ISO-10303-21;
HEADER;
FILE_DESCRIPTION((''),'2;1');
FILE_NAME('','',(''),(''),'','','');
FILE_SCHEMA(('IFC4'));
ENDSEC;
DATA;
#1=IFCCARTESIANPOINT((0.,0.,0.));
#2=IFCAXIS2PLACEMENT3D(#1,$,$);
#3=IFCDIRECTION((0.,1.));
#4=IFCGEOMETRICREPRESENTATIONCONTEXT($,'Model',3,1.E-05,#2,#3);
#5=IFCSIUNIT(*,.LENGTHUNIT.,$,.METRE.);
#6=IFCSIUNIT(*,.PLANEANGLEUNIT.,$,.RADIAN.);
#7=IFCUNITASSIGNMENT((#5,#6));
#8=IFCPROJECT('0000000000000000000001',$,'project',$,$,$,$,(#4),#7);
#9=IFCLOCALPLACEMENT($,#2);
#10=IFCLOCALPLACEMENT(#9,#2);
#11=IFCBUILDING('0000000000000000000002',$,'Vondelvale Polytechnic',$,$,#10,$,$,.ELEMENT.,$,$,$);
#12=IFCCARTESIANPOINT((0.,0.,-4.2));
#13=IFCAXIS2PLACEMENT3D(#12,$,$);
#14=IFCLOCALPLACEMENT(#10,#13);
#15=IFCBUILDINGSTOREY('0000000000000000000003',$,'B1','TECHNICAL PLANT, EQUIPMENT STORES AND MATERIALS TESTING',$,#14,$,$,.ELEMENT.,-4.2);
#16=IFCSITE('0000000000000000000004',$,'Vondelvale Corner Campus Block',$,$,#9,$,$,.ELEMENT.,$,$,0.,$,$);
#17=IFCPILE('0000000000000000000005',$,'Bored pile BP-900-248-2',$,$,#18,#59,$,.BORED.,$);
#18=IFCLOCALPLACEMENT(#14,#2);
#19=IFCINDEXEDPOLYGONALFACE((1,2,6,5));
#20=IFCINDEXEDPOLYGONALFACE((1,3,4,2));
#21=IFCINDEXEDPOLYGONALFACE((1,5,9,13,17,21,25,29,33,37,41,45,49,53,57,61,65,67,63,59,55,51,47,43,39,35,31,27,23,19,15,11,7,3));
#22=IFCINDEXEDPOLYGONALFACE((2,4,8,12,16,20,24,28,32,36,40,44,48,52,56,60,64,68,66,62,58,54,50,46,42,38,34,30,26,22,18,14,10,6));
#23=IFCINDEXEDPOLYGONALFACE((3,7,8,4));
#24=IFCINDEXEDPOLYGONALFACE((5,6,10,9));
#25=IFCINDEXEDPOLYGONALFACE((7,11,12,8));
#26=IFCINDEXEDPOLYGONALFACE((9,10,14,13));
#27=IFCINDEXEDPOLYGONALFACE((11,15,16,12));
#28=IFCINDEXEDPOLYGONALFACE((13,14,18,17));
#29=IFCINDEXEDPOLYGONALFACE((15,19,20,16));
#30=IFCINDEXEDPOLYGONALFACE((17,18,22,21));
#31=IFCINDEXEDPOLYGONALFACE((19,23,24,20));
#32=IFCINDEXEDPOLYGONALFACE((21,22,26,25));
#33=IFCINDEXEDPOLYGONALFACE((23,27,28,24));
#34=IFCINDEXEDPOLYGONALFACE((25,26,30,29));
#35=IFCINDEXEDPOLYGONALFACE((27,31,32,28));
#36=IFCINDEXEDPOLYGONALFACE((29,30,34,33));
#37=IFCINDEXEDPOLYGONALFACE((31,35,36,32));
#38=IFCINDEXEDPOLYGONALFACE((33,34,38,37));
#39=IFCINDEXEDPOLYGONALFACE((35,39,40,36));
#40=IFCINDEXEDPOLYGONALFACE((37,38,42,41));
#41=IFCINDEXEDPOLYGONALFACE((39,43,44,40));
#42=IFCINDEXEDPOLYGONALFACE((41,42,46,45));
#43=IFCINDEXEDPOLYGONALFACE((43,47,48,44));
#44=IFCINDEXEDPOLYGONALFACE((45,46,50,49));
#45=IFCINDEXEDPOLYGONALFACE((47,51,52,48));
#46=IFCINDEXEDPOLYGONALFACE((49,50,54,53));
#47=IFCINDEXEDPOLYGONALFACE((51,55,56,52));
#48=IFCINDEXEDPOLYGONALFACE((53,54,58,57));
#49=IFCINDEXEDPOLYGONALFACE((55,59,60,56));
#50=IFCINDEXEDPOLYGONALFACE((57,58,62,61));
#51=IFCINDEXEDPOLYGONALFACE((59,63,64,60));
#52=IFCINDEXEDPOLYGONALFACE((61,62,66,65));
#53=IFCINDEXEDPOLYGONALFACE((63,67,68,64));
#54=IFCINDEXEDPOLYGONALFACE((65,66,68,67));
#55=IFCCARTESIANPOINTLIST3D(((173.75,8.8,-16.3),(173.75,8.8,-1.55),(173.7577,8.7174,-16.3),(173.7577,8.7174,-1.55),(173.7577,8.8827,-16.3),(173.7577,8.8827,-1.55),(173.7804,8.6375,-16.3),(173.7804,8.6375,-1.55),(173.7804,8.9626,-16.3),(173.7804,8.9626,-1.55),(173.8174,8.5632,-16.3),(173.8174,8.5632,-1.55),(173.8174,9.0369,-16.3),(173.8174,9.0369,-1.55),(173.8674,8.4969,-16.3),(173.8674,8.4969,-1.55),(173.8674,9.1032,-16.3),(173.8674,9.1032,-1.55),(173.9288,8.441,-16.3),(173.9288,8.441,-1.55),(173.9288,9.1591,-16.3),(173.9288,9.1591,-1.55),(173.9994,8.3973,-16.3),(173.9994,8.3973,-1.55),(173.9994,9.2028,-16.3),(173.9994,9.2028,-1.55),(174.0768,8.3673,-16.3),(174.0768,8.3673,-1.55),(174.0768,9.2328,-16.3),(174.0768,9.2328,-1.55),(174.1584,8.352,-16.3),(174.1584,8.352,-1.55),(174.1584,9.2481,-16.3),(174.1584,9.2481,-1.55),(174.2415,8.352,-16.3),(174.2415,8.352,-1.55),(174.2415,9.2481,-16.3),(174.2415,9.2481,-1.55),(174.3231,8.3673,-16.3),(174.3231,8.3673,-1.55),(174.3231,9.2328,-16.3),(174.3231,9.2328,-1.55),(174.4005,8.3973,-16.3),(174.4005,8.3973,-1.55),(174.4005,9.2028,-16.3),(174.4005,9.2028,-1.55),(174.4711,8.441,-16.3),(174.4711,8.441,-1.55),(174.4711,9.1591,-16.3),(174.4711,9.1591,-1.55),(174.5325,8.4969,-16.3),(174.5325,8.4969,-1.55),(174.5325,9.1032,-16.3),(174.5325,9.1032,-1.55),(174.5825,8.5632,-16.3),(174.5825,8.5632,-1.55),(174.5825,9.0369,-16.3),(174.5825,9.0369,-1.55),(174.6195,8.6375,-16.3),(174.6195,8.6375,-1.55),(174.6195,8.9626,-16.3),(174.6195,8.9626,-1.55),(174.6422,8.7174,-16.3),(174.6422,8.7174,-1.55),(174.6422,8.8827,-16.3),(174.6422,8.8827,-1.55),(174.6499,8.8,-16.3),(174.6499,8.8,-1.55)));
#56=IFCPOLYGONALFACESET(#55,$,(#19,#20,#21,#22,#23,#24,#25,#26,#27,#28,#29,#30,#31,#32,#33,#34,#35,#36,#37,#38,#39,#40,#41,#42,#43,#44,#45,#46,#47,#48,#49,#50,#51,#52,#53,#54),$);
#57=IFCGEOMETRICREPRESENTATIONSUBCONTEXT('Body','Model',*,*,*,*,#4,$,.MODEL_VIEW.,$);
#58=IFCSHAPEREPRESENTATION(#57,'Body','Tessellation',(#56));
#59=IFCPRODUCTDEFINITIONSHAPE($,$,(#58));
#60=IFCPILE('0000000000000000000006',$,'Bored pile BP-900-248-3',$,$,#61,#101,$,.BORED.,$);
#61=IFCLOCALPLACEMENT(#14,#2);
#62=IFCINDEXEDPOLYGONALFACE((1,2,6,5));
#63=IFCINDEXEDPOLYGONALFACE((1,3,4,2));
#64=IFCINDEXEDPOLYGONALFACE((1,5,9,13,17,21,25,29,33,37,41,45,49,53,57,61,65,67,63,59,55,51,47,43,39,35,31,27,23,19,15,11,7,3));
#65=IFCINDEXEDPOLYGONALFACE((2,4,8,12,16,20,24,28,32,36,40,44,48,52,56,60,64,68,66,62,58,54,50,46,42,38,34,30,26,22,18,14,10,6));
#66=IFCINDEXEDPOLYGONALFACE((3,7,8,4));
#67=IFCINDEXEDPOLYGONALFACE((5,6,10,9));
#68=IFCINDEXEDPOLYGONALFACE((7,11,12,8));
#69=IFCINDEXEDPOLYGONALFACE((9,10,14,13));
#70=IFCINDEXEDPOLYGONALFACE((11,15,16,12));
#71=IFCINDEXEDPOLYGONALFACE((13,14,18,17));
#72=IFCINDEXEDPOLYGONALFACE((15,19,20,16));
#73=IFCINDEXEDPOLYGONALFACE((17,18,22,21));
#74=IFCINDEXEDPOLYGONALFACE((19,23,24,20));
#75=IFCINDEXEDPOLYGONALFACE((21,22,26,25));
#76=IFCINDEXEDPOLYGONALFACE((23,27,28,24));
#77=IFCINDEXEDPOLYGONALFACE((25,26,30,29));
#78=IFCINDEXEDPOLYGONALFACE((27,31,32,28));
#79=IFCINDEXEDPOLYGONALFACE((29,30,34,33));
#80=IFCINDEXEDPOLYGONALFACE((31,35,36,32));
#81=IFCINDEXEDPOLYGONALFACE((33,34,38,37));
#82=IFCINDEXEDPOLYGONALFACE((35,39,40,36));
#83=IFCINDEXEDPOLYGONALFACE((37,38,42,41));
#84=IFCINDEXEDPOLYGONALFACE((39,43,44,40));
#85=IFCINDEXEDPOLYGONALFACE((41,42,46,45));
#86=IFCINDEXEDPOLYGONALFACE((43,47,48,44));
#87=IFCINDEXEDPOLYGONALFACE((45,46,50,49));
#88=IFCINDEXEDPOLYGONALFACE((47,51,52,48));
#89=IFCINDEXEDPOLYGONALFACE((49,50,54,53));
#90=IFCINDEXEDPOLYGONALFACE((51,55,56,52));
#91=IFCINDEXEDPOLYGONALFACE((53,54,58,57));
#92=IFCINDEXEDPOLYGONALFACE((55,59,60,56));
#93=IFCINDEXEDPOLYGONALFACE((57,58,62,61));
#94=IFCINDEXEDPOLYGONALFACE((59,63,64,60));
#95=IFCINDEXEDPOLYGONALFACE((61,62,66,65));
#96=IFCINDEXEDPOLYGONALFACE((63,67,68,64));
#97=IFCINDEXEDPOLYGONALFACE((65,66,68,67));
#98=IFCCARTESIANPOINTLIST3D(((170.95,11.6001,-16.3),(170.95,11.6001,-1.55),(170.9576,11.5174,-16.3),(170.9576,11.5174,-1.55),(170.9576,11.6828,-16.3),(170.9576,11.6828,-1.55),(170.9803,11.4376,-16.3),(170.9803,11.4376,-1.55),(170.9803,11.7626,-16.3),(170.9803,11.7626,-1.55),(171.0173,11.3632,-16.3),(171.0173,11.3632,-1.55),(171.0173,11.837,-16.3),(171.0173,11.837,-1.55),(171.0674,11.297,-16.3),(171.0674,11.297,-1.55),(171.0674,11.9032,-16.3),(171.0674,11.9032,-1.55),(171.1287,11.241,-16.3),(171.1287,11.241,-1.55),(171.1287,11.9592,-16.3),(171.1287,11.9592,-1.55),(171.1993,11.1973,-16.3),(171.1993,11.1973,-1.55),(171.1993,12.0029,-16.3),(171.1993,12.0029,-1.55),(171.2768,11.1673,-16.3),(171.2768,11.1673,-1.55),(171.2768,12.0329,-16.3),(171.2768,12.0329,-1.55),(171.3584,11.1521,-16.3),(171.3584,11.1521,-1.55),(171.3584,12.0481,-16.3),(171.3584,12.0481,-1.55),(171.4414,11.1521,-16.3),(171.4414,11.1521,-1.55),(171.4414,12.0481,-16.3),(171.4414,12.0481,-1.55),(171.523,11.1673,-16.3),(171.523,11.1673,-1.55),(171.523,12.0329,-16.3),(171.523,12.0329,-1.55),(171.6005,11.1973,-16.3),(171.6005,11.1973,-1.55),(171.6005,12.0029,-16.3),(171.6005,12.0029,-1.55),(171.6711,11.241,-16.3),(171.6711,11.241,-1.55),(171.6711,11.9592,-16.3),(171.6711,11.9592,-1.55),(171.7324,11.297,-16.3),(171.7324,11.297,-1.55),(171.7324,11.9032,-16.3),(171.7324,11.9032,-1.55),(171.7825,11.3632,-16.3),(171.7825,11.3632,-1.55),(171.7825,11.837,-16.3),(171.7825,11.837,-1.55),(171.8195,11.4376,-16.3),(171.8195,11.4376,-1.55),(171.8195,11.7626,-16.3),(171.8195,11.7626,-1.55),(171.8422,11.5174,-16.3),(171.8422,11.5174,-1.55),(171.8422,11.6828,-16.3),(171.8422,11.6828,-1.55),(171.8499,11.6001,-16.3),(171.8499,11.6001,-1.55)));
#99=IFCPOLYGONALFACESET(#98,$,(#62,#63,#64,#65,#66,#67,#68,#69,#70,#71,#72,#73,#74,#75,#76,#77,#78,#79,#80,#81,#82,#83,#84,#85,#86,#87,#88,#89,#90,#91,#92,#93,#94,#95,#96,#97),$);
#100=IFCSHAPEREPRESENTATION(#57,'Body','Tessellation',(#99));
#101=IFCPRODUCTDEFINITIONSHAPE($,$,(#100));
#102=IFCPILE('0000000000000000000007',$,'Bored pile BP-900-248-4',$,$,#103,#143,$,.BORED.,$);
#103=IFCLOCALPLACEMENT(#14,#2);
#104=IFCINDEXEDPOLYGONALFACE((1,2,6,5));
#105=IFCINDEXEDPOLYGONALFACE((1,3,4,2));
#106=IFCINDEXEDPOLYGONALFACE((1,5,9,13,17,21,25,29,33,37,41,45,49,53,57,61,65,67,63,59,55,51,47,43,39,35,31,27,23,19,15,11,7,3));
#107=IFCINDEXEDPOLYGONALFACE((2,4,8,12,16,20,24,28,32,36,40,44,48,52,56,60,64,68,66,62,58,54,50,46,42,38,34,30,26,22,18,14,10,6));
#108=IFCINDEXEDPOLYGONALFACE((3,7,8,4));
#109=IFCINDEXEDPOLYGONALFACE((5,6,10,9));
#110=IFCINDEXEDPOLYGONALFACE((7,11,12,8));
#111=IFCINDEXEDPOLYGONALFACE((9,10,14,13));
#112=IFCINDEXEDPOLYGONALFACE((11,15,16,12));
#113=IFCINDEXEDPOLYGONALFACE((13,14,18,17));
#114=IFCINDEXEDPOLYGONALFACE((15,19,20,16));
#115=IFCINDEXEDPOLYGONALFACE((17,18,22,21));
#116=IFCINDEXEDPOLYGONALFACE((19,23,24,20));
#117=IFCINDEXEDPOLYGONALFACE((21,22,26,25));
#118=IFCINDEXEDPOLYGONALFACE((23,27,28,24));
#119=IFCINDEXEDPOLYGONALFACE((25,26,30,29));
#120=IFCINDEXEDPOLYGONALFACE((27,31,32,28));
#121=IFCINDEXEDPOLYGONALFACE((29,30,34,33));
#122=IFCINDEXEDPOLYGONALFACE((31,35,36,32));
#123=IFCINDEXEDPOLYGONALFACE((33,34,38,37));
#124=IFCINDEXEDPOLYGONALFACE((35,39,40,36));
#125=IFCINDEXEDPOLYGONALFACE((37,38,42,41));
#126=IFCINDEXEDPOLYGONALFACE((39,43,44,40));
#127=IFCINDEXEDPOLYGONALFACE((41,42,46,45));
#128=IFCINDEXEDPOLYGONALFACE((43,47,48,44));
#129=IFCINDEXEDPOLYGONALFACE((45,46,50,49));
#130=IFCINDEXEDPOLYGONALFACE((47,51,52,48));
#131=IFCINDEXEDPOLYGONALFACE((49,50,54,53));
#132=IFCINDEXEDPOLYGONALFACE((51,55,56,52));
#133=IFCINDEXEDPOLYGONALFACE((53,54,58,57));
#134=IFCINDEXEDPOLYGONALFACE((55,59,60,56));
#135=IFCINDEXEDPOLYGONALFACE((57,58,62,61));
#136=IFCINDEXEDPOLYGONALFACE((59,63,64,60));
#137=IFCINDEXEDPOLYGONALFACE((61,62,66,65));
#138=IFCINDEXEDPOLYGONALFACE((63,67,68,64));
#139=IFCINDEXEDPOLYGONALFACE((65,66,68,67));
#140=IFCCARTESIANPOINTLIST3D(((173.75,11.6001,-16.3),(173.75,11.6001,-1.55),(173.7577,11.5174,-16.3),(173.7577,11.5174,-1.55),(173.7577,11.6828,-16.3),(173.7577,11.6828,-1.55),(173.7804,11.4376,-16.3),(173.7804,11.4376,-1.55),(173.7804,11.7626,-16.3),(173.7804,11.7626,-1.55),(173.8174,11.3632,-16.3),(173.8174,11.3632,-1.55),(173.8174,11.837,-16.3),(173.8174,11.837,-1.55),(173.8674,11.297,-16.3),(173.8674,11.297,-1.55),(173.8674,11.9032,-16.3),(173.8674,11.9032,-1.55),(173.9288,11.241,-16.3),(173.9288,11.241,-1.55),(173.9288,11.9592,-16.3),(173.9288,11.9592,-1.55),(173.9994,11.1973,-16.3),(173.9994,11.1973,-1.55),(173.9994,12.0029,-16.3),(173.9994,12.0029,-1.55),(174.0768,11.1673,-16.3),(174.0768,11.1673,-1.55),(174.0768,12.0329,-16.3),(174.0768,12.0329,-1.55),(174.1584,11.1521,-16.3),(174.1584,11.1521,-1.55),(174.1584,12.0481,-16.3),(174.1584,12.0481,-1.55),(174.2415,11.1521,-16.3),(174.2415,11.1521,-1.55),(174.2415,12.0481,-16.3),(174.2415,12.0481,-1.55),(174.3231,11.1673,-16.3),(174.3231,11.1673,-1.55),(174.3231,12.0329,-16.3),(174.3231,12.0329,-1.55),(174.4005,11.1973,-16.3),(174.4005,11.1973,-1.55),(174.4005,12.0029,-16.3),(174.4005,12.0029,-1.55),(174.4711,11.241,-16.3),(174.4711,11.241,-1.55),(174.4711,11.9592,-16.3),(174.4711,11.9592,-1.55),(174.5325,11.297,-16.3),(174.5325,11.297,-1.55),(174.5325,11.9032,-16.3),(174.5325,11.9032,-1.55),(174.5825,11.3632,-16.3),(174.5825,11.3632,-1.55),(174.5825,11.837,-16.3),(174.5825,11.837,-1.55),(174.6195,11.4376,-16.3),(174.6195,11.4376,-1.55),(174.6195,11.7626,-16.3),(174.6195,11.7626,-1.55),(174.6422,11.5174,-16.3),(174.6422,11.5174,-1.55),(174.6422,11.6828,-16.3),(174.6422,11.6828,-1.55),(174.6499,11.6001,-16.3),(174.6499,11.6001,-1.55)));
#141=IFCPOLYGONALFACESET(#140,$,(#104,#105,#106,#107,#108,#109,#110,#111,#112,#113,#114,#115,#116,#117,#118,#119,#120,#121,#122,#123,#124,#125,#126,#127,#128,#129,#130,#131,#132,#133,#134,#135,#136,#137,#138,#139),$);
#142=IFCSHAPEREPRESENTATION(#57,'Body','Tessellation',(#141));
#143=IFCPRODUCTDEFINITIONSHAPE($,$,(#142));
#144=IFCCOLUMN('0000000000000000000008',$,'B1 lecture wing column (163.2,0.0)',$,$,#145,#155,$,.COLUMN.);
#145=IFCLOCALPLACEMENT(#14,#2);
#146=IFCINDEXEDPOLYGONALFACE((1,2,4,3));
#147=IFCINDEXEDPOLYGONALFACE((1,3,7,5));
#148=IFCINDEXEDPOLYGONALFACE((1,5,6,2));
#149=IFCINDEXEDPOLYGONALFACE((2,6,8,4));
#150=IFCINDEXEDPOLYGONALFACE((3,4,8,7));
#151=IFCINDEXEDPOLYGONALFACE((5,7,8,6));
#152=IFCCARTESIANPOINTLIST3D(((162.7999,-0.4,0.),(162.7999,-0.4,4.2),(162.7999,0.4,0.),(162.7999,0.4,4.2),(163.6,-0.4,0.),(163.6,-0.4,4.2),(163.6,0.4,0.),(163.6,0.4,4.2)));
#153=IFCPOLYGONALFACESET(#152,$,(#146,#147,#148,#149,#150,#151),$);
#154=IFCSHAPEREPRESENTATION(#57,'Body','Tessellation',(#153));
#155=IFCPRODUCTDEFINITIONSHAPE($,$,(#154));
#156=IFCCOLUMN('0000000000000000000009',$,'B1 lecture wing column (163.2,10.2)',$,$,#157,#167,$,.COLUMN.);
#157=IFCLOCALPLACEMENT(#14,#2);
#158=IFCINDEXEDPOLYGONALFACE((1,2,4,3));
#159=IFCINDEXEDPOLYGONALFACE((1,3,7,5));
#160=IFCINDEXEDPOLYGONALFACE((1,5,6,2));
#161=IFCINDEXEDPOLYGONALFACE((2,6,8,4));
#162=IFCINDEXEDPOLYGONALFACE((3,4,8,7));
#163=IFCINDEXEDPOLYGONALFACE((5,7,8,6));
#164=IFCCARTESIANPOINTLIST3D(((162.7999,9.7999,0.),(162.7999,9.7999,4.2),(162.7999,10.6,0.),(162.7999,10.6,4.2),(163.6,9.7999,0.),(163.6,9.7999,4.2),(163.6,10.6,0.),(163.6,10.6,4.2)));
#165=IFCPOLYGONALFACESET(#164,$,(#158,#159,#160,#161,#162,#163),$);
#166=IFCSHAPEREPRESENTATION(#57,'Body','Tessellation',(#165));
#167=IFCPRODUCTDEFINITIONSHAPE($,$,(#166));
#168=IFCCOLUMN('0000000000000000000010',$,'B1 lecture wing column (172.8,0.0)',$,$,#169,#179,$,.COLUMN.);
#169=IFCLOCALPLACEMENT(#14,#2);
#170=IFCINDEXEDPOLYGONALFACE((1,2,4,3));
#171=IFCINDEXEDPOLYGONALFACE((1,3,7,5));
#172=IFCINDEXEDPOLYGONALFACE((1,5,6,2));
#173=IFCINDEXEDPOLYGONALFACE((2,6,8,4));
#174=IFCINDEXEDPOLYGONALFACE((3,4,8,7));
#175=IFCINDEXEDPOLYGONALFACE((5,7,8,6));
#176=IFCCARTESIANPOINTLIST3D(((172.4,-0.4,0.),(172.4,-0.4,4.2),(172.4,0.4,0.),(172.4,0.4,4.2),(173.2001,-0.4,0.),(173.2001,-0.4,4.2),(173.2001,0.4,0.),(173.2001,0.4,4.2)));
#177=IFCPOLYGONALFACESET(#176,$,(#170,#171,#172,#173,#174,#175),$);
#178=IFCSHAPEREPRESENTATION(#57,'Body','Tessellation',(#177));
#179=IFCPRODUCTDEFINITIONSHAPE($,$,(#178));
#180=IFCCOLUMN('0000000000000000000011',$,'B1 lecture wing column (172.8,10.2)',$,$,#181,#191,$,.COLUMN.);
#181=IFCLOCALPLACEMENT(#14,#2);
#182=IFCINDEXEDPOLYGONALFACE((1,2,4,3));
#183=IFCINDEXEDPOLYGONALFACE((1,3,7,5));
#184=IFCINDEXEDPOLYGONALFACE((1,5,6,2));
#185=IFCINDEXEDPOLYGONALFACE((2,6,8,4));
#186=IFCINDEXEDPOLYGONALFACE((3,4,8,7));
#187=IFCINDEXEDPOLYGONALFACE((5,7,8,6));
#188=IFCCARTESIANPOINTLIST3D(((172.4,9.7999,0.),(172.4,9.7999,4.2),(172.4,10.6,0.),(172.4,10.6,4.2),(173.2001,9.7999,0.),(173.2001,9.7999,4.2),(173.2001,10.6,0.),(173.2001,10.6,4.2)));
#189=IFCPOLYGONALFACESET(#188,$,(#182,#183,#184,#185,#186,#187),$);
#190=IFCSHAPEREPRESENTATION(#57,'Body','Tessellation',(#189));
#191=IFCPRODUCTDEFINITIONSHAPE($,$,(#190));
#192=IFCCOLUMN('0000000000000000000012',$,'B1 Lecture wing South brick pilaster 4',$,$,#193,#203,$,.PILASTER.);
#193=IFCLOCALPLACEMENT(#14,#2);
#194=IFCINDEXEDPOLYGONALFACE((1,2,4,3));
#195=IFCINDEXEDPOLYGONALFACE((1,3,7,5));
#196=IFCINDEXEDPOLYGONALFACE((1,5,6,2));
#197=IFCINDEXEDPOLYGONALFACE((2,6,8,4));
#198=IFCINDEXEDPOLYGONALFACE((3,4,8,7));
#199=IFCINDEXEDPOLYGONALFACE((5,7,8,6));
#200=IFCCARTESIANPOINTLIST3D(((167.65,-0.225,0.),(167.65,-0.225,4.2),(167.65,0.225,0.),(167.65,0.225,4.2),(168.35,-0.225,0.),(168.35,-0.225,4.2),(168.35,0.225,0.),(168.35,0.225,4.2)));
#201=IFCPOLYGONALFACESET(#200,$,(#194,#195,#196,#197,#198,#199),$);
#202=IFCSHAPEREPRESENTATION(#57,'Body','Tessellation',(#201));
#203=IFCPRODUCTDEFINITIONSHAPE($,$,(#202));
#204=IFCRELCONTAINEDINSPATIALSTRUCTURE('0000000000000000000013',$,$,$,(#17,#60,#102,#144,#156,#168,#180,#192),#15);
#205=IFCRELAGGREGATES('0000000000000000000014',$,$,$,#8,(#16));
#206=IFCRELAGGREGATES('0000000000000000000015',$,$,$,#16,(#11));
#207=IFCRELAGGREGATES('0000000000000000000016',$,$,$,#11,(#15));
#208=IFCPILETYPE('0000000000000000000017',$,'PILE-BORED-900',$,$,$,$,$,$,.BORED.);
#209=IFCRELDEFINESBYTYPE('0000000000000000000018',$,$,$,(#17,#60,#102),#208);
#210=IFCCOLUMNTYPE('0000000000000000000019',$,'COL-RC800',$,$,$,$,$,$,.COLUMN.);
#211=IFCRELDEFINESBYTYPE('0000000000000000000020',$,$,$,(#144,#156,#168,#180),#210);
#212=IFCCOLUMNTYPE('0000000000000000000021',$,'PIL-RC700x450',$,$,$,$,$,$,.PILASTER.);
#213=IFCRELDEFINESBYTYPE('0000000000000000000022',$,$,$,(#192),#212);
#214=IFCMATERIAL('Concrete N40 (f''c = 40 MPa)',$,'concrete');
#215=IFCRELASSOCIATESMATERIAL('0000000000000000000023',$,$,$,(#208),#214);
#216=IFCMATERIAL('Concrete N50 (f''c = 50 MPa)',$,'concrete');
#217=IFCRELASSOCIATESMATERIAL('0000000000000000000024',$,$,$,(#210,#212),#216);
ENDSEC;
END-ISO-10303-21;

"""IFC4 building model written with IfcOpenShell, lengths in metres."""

from ifc_helpers import new_model, si_unit, direction, frame, origin, origin_2d, place, context, subcontext, project, spatial, rectangle, circle, extrude, material, material_profile, profile_set, type_object, element, save


model = new_model("IFC4")

# Units and contexts
model_context = context("Model", 3, precision=1e-05, world=origin(), true_north=direction((0.0, 1.0)))
body_context = subcontext(model_context, "Body", "Model", "MODEL_VIEW")
ifc_project = project(units=[si_unit("LENGTHUNIT", "METRE"), si_unit("PLANEANGLEUNIT", "RADIAN")], contexts=[model_context])

# Site, building, storey
site_placement = place(None, origin())
site = spatial("IfcSite", under=ifc_project, at=site_placement, Name="Vondelvale Corner Campus Block", CompositionType="ELEMENT", RefElevation=0.0)
building_placement = place(site_placement, origin())
building = spatial("IfcBuilding", under=site, at=building_placement, Name="Vondelvale Polytechnic", CompositionType="ELEMENT")
storey_placement = place(building_placement, frame((0.0, 0.0, -4.2)))
storey = spatial("IfcBuildingStorey", under=building, at=storey_placement, Name="B1", Description="TECHNICAL PLANT, EQUIPMENT STORES AND MATERIALS TESTING", CompositionType="ELEMENT", Elevation=-4.2)

# Shared definitions
ifc_material_1 = material(Name="Concrete N40 (f'c = 40 MPa)", Category="concrete")

# Piles
ifc_material_profile_1 = material_profile(ifc_material_1, circle(Radius=0.45, at=origin_2d()), Name="PILE-D900")
ifc_profile_set_1 = profile_set([ifc_material_profile_1], Name="Concrete N40 (f'c = 40 MPa)")
pile_type_1 = type_object("IfcPileType", Name="PILE-BORED-900", PredefinedType="BORED", material=ifc_profile_set_1)
for number, where, z_axis, x_axis, name in (
    (1, (174.2, 8.8, -1.55), (0.0, 0.0, -1.0), (1.0, 0.0, 0.0), "Bored pile BP-900-248-2"),
    (2, (171.3999, 11.6001, -1.55), (0.0, 0.0, -1.0), (1.0, 0.0, 0.0), "Bored pile BP-900-248-3"),
    (3, (174.2, 11.6001, -1.55), (0.0, 0.0, -1.0), (1.0, 0.0, 0.0), "Bored pile BP-900-248-4"),
):
    element("IfcPile", number, at=place(storey_placement, frame(where, z_axis=z_axis, x_axis=x_axis)), inside=storey, type_object=pile_type_1, Name=name, PredefinedType="BORED", context=body_context, shape_type="SweptSolid", body=[
        extrude(circle(Radius=0.45, at=origin_2d()), origin(), (0.0, 0.0, 1.0), 14.75),
    ])

# Columns
ifc_material_2 = material(Name="Concrete N50 (f'c = 50 MPa)", Category="concrete")
ifc_material_profile_2 = material_profile(ifc_material_2, rectangle(XDim=0.8, YDim=0.8, at=origin_2d()), Name="RC-COL-800x800")
ifc_profile_set_2 = profile_set([ifc_material_profile_2], Name="Concrete N50 (f'c = 50 MPa)")
column_type_1 = type_object("IfcColumnType", Name="COL-RC800", PredefinedType="COLUMN", material=ifc_profile_set_2)
for number, where, z_axis, x_axis, name in (
    (4, (163.2, 0.0, 0.0), (0.0, 0.0, 1.0), (1.0, 0.0, 0.0), "B1 lecture wing column (163.2,0.0)"),
    (5, (163.2, 10.2, 0.0), (0.0, 0.0, 1.0), (1.0, 0.0, 0.0), "B1 lecture wing column (163.2,10.2)"),
    (6, (172.8, 0.0, 0.0), (0.0, 0.0, 1.0), (1.0, 0.0, 0.0), "B1 lecture wing column (172.8,0.0)"),
    (7, (172.8, 10.2, 0.0), (0.0, 0.0, 1.0), (1.0, 0.0, 0.0), "B1 lecture wing column (172.8,10.2)"),
):
    element("IfcColumn", number, at=place(storey_placement, frame(where, z_axis=z_axis, x_axis=x_axis)), inside=storey, type_object=column_type_1, Name=name, PredefinedType="COLUMN", context=body_context, shape_type="SweptSolid", body=[
        extrude(rectangle(XDim=0.8, YDim=0.8, at=origin_2d()), origin(), (0.0, 0.0, 1.0), 4.2),
    ])
ifc_material_profile_3 = material_profile(ifc_material_2, rectangle(XDim=0.45, YDim=0.7, at=origin_2d()), Name="RC-PIL-700x450")
ifc_profile_set_3 = profile_set([ifc_material_profile_3], Name="Concrete N50 (f'c = 50 MPa)")
column_type_2 = type_object("IfcColumnType", Name="PIL-RC700x450", PredefinedType="PILASTER", material=ifc_profile_set_3)
column_placement = place(storey_placement, frame((168.0, 0.0, 0.0), z_axis=(0.0, 0.0, 1.0), x_axis=(0.0, 1.0, 0.0)))
element("IfcColumn", 8, at=column_placement, inside=storey, type_object=column_type_2, Name="B1 Lecture wing South brick pilaster 4", PredefinedType="PILASTER", context=body_context, shape_type="SweptSolid", body=[
    extrude(rectangle(XDim=0.45, YDim=0.7, at=origin_2d()), origin(), (0.0, 0.0, 1.0), 4.2),
])

save(model, "model.ifc")
